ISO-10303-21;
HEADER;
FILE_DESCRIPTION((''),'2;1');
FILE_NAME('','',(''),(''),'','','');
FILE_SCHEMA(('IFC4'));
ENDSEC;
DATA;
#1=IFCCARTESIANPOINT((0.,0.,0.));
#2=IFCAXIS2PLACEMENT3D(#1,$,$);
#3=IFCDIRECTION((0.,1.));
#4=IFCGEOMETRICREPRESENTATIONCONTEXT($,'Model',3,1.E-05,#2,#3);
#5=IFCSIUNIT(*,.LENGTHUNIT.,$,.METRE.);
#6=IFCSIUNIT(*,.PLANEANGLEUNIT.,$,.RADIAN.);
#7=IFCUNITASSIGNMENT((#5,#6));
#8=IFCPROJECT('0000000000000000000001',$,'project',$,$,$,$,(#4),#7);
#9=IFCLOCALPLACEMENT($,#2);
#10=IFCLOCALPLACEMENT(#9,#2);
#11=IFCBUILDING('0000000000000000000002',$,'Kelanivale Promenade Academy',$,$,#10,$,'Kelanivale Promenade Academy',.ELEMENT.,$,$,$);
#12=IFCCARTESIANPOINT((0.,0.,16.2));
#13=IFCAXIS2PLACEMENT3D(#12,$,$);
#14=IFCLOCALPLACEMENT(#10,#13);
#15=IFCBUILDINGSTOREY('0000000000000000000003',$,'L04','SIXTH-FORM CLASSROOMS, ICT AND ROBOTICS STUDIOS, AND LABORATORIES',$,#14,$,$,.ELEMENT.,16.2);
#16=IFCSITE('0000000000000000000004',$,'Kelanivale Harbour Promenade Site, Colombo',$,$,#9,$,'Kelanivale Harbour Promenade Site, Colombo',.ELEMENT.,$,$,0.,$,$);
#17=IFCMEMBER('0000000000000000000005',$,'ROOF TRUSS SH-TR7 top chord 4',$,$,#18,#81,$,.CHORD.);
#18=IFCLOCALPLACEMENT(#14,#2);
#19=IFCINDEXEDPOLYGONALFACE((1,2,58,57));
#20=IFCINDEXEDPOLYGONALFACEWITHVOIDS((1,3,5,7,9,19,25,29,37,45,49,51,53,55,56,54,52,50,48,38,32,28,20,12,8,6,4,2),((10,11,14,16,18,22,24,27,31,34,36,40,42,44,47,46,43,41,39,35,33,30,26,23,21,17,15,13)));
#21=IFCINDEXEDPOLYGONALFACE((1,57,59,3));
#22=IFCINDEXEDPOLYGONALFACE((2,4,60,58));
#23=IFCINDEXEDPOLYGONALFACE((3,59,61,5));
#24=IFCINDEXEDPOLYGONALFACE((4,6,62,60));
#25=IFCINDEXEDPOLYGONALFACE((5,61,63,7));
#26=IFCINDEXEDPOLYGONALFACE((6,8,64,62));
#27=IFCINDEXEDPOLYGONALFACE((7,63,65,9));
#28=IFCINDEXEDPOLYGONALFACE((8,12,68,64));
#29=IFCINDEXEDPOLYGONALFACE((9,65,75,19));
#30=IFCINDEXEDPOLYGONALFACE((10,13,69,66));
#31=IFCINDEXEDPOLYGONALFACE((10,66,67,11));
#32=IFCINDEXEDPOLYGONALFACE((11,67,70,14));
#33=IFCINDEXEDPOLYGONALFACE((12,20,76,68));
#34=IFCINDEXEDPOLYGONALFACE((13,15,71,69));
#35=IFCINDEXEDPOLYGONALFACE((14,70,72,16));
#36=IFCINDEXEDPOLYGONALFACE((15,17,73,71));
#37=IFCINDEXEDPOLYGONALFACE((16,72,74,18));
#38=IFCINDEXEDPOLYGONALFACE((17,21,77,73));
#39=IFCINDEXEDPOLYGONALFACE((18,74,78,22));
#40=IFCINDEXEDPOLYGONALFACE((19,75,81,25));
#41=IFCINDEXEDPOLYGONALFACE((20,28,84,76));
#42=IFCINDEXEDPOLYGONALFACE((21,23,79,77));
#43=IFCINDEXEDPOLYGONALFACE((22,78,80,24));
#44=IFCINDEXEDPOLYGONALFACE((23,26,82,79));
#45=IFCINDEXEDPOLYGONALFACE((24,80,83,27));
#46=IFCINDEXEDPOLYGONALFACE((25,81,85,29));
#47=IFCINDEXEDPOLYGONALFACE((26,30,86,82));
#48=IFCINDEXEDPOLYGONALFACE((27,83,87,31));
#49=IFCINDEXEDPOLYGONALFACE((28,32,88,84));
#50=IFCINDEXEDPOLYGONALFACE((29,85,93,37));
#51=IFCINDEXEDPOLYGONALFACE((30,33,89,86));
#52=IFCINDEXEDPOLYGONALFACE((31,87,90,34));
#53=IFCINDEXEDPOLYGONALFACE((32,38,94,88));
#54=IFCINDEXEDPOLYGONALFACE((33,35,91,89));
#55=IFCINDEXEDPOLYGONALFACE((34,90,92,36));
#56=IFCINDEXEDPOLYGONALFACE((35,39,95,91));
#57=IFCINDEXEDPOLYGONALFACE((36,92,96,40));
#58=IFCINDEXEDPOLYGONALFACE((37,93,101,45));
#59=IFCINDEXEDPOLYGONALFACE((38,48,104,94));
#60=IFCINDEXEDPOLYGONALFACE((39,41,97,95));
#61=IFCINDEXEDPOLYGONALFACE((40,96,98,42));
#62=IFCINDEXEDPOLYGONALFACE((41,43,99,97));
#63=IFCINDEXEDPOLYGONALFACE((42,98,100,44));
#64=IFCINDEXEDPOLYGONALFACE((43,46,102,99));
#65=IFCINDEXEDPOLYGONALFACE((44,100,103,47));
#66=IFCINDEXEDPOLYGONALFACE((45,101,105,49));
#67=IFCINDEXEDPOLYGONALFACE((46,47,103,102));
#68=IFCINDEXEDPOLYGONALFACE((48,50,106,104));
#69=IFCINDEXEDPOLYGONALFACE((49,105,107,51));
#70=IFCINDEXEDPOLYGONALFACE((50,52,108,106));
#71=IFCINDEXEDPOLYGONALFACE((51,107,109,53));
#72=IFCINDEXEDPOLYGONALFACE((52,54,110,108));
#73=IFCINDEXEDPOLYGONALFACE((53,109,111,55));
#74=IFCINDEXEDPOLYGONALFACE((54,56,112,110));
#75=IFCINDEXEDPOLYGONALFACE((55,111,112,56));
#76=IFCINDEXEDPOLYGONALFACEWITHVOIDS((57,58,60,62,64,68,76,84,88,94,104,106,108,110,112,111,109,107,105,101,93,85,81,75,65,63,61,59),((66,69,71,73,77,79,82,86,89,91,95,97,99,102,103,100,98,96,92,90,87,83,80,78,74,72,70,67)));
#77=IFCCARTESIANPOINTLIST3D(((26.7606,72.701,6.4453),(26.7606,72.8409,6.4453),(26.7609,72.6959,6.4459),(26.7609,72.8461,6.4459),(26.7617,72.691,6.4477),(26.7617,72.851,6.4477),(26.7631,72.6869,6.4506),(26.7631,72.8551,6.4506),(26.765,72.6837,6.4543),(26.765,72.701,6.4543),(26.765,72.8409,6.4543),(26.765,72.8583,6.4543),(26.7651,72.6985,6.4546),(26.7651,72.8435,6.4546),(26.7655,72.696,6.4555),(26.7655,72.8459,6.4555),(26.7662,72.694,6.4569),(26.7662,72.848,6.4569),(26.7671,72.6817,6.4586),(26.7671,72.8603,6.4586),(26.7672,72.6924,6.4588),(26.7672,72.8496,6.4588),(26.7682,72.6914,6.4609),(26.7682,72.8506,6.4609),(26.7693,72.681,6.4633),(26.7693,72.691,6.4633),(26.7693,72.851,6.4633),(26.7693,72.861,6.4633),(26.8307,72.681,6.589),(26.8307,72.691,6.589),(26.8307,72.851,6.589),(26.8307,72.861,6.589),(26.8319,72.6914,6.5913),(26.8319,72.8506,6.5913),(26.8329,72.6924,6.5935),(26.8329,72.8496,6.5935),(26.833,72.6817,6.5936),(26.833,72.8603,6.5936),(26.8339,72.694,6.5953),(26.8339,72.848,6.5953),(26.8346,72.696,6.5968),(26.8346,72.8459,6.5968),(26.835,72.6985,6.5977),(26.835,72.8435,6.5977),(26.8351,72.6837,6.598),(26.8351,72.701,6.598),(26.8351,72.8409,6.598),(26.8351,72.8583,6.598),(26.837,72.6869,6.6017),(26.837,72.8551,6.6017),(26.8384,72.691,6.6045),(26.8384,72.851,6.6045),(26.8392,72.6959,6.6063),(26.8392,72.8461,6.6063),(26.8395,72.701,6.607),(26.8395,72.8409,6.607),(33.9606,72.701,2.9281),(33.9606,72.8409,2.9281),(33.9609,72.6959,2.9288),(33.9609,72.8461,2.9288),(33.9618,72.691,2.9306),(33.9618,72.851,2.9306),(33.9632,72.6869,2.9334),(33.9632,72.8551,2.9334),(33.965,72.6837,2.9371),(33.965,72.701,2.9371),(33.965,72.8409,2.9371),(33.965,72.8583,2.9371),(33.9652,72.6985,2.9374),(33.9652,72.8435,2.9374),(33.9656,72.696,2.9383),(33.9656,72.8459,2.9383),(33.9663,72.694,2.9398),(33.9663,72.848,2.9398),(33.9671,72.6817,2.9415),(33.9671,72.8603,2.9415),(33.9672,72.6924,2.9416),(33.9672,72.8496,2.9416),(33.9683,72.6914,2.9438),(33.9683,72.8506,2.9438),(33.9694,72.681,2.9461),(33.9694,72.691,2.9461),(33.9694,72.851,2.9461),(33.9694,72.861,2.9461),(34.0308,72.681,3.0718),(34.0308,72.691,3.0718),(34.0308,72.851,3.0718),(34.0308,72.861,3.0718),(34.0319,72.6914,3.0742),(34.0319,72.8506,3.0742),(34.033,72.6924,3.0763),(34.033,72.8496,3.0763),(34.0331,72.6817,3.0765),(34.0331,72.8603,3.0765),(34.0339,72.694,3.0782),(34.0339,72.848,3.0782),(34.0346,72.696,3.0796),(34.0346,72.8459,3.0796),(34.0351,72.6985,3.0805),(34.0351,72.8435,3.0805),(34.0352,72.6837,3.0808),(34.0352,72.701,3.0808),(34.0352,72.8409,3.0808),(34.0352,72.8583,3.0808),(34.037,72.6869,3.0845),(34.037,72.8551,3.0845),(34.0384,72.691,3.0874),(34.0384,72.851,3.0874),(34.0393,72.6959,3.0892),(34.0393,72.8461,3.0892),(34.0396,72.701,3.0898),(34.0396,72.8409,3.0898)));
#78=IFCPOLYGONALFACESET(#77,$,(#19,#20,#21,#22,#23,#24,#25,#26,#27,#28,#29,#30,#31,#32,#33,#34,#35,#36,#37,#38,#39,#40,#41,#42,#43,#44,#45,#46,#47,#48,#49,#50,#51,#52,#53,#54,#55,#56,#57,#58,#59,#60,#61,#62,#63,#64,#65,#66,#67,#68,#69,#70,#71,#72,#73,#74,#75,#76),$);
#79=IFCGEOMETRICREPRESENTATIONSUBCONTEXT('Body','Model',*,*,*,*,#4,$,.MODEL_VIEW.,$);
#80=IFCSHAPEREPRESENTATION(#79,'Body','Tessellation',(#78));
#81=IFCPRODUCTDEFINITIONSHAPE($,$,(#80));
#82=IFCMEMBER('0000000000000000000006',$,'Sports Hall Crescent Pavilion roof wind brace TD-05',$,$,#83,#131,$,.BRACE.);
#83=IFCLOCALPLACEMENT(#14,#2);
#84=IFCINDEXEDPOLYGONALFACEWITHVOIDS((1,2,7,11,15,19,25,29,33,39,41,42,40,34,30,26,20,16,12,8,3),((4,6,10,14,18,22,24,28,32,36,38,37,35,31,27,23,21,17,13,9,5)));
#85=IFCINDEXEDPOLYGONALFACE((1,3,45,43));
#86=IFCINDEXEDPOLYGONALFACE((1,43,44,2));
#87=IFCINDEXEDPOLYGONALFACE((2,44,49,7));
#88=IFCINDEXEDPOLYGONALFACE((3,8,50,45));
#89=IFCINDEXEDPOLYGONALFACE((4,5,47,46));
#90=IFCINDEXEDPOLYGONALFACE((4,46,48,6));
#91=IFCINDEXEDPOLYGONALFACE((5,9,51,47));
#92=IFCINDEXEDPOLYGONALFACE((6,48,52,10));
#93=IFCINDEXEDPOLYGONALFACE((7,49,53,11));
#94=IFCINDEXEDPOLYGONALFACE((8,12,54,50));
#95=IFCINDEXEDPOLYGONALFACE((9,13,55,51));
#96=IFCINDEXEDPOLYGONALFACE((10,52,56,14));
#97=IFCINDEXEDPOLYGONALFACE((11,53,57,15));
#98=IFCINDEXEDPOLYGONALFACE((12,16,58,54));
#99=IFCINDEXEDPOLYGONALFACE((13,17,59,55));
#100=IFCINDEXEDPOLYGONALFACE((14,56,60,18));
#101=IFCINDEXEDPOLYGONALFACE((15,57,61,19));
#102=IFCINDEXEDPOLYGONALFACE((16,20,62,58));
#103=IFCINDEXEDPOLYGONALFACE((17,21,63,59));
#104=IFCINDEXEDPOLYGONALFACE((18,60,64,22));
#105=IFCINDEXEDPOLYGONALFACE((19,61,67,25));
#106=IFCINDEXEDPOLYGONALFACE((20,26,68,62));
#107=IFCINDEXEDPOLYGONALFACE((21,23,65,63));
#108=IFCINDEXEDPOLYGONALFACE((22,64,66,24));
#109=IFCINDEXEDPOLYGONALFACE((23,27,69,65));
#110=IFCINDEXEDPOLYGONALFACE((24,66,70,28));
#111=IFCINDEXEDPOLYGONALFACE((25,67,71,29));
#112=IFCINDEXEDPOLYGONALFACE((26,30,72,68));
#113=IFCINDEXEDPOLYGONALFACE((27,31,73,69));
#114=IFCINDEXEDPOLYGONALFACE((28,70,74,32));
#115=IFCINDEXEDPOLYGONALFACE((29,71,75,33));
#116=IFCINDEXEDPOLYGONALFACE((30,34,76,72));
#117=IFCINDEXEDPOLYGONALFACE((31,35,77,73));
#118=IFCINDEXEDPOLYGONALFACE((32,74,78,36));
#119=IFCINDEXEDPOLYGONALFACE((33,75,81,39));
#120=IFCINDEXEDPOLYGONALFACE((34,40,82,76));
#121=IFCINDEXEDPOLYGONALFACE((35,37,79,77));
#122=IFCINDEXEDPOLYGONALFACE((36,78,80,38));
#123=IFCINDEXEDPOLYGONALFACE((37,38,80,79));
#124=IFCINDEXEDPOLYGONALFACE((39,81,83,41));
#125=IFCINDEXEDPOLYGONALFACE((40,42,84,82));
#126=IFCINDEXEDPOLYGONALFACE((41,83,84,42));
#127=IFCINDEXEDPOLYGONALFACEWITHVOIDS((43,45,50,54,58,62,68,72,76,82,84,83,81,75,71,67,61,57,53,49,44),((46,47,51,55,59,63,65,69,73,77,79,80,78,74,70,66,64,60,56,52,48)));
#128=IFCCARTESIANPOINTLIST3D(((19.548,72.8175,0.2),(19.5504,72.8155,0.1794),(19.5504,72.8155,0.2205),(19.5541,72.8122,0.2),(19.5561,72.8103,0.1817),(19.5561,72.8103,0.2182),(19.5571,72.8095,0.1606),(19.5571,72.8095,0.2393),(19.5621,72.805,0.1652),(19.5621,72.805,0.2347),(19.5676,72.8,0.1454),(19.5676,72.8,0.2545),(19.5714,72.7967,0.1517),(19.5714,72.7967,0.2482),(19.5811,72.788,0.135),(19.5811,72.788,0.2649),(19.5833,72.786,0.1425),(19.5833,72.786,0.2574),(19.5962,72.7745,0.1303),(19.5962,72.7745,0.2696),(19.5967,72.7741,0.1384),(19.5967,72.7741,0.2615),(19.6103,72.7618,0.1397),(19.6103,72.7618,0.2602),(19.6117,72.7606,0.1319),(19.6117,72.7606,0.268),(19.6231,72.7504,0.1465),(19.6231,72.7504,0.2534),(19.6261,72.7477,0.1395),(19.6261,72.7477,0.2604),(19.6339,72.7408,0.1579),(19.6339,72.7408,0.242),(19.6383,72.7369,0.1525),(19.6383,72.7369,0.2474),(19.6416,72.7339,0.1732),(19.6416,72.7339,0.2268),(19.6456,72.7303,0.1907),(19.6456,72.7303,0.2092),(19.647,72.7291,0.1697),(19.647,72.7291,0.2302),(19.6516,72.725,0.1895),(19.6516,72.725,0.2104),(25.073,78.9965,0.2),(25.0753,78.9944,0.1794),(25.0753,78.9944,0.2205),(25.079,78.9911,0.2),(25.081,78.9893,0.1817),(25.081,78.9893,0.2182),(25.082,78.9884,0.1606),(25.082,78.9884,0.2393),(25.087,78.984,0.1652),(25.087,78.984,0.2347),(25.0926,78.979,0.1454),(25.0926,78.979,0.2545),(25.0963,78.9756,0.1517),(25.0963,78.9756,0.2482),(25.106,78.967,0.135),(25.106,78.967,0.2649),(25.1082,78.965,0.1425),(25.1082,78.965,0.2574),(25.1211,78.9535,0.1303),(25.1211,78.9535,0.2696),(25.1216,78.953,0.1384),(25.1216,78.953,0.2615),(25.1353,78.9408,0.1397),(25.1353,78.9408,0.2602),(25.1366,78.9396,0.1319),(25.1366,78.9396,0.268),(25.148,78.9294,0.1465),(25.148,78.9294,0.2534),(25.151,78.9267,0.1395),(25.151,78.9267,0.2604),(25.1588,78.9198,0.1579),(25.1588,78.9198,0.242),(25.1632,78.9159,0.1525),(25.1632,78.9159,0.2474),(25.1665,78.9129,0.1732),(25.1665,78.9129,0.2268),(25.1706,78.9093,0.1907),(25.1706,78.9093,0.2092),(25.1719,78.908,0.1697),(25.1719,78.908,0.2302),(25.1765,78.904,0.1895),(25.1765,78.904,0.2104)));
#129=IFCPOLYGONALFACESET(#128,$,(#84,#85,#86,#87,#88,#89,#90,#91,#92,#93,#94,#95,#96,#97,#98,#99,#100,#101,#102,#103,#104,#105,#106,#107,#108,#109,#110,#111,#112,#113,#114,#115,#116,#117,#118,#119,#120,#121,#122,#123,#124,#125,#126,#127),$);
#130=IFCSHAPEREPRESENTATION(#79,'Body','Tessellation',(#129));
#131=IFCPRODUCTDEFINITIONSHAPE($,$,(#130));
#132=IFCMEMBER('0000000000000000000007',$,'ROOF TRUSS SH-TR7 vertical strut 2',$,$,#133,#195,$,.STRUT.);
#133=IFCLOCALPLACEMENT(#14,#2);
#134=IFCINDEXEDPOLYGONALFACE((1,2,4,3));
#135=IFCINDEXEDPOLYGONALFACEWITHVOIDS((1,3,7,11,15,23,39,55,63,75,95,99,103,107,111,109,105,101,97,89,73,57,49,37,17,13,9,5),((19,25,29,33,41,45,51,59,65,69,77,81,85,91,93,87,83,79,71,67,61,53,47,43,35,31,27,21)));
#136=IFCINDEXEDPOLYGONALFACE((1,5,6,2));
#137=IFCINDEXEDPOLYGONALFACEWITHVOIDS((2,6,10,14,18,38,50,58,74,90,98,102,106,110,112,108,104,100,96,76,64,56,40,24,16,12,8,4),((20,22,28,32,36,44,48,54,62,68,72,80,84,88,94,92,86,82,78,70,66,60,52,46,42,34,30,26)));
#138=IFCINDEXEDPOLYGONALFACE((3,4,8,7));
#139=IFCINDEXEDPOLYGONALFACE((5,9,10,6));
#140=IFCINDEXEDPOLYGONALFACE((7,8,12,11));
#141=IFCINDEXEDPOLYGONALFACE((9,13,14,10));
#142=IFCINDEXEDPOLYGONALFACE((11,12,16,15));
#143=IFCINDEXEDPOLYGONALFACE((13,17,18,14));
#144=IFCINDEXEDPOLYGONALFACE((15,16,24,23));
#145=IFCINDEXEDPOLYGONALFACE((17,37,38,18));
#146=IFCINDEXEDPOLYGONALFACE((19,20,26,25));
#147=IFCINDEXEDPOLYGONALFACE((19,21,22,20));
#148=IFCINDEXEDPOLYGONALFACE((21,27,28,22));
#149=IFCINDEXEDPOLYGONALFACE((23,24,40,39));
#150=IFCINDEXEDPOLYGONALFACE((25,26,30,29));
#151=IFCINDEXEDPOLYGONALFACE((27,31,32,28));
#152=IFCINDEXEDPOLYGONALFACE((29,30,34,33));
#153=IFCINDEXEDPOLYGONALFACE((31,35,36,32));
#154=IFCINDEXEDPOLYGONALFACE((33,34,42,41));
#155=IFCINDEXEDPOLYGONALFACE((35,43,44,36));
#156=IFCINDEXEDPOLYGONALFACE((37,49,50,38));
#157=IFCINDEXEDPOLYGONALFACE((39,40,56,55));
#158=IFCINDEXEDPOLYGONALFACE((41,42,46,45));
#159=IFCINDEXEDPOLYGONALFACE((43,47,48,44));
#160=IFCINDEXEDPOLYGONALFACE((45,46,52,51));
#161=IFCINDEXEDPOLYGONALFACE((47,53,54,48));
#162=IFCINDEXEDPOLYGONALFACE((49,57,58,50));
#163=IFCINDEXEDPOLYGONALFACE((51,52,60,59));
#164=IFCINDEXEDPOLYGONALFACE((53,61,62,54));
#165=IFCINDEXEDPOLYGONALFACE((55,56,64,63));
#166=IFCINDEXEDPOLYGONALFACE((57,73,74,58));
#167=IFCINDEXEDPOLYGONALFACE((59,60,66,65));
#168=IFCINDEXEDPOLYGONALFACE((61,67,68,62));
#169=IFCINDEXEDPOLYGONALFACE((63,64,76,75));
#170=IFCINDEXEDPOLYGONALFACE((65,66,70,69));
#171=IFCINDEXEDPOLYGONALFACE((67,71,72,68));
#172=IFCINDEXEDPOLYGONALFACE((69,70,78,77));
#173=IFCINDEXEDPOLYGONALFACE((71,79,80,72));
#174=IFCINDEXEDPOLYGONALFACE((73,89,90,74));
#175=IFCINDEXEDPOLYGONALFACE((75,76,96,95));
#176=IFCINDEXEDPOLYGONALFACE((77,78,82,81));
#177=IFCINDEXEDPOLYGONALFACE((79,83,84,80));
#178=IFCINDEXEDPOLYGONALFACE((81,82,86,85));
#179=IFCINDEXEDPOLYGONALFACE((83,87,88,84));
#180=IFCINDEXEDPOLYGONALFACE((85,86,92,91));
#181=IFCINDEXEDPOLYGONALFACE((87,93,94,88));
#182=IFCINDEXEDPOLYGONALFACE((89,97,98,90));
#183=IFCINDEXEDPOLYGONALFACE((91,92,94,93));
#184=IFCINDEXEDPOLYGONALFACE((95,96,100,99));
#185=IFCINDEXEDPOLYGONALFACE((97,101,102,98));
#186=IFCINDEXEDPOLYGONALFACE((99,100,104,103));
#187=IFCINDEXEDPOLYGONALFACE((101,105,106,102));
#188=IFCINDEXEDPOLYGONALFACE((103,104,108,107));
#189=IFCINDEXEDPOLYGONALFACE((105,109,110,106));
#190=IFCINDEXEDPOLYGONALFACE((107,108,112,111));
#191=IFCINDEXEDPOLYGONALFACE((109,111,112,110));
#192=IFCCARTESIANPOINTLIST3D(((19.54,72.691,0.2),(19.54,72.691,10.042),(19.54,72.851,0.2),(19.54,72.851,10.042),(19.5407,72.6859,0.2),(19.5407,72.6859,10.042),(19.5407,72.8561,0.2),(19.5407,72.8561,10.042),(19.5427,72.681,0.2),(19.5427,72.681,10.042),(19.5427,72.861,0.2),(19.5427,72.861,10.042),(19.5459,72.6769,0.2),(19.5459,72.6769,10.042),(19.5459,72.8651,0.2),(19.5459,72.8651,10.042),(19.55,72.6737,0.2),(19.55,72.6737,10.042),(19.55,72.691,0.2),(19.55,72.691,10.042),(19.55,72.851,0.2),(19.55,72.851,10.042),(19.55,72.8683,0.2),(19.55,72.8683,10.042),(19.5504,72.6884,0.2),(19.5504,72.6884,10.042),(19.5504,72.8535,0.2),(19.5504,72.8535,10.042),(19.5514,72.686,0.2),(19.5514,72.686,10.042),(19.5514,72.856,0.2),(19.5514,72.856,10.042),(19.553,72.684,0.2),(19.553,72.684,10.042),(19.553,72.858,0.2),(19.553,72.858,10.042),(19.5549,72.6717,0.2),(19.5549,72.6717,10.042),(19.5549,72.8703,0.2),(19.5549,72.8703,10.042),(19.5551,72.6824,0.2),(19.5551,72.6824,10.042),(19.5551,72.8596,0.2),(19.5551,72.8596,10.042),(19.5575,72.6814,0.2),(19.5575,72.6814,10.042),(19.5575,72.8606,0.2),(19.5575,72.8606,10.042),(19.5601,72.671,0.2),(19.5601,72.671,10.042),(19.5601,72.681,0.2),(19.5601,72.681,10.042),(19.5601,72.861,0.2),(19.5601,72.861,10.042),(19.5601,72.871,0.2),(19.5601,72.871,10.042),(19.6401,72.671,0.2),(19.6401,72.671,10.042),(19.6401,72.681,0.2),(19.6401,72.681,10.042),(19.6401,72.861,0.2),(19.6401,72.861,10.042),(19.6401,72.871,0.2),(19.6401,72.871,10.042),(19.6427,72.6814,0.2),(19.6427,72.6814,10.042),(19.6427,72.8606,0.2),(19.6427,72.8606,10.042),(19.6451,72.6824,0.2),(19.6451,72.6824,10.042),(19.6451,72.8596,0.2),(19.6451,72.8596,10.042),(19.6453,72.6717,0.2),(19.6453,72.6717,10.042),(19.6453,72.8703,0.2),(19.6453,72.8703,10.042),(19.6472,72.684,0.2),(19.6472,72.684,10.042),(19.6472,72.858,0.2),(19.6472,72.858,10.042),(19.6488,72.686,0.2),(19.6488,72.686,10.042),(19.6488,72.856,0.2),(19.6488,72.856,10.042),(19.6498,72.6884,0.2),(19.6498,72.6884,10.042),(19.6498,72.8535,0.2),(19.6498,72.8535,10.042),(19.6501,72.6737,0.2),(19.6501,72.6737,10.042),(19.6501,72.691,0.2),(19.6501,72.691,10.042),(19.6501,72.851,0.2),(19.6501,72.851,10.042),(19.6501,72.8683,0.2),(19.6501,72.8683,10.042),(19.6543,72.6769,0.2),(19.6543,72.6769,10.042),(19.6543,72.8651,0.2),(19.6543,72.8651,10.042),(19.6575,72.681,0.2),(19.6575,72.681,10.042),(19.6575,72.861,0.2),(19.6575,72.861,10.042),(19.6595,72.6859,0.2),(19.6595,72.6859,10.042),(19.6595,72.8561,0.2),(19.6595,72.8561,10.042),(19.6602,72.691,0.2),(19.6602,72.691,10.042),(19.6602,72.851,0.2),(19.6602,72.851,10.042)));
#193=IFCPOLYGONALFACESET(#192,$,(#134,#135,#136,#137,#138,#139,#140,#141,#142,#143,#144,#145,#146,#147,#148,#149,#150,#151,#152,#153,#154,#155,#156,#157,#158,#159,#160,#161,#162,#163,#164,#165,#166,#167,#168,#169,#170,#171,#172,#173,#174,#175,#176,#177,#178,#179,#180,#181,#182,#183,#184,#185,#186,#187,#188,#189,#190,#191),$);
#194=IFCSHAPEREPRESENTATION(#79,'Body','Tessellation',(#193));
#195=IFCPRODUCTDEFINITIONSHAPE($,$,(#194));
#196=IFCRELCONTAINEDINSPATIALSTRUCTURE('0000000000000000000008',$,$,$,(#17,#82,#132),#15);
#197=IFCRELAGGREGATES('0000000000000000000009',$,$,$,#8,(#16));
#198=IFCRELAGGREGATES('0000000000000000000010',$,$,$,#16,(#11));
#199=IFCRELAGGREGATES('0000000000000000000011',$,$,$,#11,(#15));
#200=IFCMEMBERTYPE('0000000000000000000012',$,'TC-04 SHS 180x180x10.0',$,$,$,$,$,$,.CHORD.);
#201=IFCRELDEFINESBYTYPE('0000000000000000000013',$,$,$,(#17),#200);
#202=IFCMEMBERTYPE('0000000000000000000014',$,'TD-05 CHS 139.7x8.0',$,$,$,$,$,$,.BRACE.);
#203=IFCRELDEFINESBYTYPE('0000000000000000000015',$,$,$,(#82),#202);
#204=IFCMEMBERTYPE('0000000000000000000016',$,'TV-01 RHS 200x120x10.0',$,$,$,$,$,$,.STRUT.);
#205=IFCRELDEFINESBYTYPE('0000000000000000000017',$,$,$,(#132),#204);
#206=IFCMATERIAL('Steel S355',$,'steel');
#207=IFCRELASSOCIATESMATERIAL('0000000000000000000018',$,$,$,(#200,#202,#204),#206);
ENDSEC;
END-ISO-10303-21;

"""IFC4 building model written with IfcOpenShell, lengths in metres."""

from ifc_helpers import new_model, si_unit, direction, frame, origin, origin_2d, place, context, subcontext, project, spatial, hollow_rectangle, hollow_circle, extrude, material, material_profile, profile_set, type_object, element, save


model = new_model("IFC4")

# Units and contexts
model_context = context("Model", 3, precision=1e-05, world=origin(), true_north=direction((0.0, 1.0)))
body_context = subcontext(model_context, "Body", "Model", "MODEL_VIEW")
ifc_project = project(units=[si_unit("LENGTHUNIT", "METRE"), si_unit("PLANEANGLEUNIT", "RADIAN")], contexts=[model_context])

# Site, building, storey
site_placement = place(None, origin())
site = spatial("IfcSite", under=ifc_project, at=site_placement, Name="Kelanivale Harbour Promenade Site, Colombo", LongName="Kelanivale Harbour Promenade Site, Colombo", CompositionType="ELEMENT", RefElevation=0.0)
building_placement = place(site_placement, origin())
building = spatial("IfcBuilding", under=site, at=building_placement, Name="Kelanivale Promenade Academy", LongName="Kelanivale Promenade Academy", CompositionType="ELEMENT")
storey_placement = place(building_placement, frame((0.0, 0.0, 16.2)))
storey = spatial("IfcBuildingStorey", under=building, at=storey_placement, Name="L04", Description="SIXTH-FORM CLASSROOMS, ICT AND ROBOTICS STUDIOS, AND LABORATORIES", CompositionType="ELEMENT", Elevation=16.2)

# Members
ifc_material_1 = material(Name="Steel S355", Category="steel")
ifc_material_profile_1 = material_profile(ifc_material_1, hollow_rectangle(XDim=0.1799, YDim=0.1799, WallThickness=0.01, InnerFilletRadius=0.01, OuterFilletRadius=0.02, at=origin_2d()), Name="SHS 180x180x10.0")
ifc_profile_set_1 = profile_set([ifc_material_profile_1], Name="Steel S355")
member_type_1 = type_object("IfcMemberType", Name="TC-04 SHS 180x180x10.0", PredefinedType="CHORD", material=ifc_profile_set_1)
member_1_placement = place(storey_placement, frame((26.8, 72.771, 6.5261), z_axis=(0.898526, 0.0, -0.438919), x_axis=(0.0, 1.0, 0.0)))
element("IfcMember", 1, at=member_1_placement, inside=storey, type_object=member_type_1, Name="ROOF TRUSS SH-TR7 top chord 4", PredefinedType="CHORD", context=body_context, shape_type="SweptSolid", body=[
    extrude(hollow_rectangle(XDim=0.1799, YDim=0.1799, WallThickness=0.01, InnerFilletRadius=0.01, OuterFilletRadius=0.02, at=origin_2d()), origin(), (0.0, 0.0, 1.0), 8.0132),
])
ifc_material_profile_2 = material_profile(ifc_material_1, hollow_circle(Radius=0.0698, WallThickness=0.0081, at=origin_2d()), Name="CHS 139.7x8.0")
ifc_profile_set_2 = profile_set([ifc_material_profile_2], Name="Steel S355")
member_type_2 = type_object("IfcMemberType", Name="TD-05 CHS 139.7x8.0", PredefinedType="BRACE", material=ifc_profile_set_2)
member_2_placement = place(storey_placement, frame((19.6001, 72.771, 0.2), z_axis=(0.666551, 0.745459, 0.0), x_axis=(-0.745459, 0.666551, 0.0)))
element("IfcMember", 2, at=member_2_placement, inside=storey, type_object=member_type_2, Name="Sports Hall Crescent Pavilion roof wind brace TD-05", PredefinedType="BRACE", context=body_context, shape_type="SweptSolid", body=[
    extrude(hollow_circle(Radius=0.0698, WallThickness=0.0081, at=origin_2d()), origin(), (0.0, 0.0, 1.0), 8.2888),
])
ifc_material_profile_3 = material_profile(ifc_material_1, hollow_rectangle(XDim=0.1201, YDim=0.2, WallThickness=0.01, InnerFilletRadius=0.01, OuterFilletRadius=0.02, at=origin_2d()), Name="RHS 200x120x10.0")
ifc_profile_set_3 = profile_set([ifc_material_profile_3], Name="Steel S355")
member_type_3 = type_object("IfcMemberType", Name="TV-01 RHS 200x120x10.0", PredefinedType="STRUT", material=ifc_profile_set_3)
member_3_placement = place(storey_placement, frame((19.6001, 72.771, 0.2), z_axis=(0.0, 0.0, 1.0), x_axis=(1.0, 0.0, 0.0)))
element("IfcMember", 3, at=member_3_placement, inside=storey, type_object=member_type_3, Name="ROOF TRUSS SH-TR7 vertical strut 2", PredefinedType="STRUT", context=body_context, shape_type="SweptSolid", body=[
    extrude(hollow_rectangle(XDim=0.1201, YDim=0.2, WallThickness=0.01, InnerFilletRadius=0.01, OuterFilletRadius=0.02, at=origin_2d()), origin(), (0.0, 0.0, 1.0), 9.842),
])

save(model, "model.ifc")
